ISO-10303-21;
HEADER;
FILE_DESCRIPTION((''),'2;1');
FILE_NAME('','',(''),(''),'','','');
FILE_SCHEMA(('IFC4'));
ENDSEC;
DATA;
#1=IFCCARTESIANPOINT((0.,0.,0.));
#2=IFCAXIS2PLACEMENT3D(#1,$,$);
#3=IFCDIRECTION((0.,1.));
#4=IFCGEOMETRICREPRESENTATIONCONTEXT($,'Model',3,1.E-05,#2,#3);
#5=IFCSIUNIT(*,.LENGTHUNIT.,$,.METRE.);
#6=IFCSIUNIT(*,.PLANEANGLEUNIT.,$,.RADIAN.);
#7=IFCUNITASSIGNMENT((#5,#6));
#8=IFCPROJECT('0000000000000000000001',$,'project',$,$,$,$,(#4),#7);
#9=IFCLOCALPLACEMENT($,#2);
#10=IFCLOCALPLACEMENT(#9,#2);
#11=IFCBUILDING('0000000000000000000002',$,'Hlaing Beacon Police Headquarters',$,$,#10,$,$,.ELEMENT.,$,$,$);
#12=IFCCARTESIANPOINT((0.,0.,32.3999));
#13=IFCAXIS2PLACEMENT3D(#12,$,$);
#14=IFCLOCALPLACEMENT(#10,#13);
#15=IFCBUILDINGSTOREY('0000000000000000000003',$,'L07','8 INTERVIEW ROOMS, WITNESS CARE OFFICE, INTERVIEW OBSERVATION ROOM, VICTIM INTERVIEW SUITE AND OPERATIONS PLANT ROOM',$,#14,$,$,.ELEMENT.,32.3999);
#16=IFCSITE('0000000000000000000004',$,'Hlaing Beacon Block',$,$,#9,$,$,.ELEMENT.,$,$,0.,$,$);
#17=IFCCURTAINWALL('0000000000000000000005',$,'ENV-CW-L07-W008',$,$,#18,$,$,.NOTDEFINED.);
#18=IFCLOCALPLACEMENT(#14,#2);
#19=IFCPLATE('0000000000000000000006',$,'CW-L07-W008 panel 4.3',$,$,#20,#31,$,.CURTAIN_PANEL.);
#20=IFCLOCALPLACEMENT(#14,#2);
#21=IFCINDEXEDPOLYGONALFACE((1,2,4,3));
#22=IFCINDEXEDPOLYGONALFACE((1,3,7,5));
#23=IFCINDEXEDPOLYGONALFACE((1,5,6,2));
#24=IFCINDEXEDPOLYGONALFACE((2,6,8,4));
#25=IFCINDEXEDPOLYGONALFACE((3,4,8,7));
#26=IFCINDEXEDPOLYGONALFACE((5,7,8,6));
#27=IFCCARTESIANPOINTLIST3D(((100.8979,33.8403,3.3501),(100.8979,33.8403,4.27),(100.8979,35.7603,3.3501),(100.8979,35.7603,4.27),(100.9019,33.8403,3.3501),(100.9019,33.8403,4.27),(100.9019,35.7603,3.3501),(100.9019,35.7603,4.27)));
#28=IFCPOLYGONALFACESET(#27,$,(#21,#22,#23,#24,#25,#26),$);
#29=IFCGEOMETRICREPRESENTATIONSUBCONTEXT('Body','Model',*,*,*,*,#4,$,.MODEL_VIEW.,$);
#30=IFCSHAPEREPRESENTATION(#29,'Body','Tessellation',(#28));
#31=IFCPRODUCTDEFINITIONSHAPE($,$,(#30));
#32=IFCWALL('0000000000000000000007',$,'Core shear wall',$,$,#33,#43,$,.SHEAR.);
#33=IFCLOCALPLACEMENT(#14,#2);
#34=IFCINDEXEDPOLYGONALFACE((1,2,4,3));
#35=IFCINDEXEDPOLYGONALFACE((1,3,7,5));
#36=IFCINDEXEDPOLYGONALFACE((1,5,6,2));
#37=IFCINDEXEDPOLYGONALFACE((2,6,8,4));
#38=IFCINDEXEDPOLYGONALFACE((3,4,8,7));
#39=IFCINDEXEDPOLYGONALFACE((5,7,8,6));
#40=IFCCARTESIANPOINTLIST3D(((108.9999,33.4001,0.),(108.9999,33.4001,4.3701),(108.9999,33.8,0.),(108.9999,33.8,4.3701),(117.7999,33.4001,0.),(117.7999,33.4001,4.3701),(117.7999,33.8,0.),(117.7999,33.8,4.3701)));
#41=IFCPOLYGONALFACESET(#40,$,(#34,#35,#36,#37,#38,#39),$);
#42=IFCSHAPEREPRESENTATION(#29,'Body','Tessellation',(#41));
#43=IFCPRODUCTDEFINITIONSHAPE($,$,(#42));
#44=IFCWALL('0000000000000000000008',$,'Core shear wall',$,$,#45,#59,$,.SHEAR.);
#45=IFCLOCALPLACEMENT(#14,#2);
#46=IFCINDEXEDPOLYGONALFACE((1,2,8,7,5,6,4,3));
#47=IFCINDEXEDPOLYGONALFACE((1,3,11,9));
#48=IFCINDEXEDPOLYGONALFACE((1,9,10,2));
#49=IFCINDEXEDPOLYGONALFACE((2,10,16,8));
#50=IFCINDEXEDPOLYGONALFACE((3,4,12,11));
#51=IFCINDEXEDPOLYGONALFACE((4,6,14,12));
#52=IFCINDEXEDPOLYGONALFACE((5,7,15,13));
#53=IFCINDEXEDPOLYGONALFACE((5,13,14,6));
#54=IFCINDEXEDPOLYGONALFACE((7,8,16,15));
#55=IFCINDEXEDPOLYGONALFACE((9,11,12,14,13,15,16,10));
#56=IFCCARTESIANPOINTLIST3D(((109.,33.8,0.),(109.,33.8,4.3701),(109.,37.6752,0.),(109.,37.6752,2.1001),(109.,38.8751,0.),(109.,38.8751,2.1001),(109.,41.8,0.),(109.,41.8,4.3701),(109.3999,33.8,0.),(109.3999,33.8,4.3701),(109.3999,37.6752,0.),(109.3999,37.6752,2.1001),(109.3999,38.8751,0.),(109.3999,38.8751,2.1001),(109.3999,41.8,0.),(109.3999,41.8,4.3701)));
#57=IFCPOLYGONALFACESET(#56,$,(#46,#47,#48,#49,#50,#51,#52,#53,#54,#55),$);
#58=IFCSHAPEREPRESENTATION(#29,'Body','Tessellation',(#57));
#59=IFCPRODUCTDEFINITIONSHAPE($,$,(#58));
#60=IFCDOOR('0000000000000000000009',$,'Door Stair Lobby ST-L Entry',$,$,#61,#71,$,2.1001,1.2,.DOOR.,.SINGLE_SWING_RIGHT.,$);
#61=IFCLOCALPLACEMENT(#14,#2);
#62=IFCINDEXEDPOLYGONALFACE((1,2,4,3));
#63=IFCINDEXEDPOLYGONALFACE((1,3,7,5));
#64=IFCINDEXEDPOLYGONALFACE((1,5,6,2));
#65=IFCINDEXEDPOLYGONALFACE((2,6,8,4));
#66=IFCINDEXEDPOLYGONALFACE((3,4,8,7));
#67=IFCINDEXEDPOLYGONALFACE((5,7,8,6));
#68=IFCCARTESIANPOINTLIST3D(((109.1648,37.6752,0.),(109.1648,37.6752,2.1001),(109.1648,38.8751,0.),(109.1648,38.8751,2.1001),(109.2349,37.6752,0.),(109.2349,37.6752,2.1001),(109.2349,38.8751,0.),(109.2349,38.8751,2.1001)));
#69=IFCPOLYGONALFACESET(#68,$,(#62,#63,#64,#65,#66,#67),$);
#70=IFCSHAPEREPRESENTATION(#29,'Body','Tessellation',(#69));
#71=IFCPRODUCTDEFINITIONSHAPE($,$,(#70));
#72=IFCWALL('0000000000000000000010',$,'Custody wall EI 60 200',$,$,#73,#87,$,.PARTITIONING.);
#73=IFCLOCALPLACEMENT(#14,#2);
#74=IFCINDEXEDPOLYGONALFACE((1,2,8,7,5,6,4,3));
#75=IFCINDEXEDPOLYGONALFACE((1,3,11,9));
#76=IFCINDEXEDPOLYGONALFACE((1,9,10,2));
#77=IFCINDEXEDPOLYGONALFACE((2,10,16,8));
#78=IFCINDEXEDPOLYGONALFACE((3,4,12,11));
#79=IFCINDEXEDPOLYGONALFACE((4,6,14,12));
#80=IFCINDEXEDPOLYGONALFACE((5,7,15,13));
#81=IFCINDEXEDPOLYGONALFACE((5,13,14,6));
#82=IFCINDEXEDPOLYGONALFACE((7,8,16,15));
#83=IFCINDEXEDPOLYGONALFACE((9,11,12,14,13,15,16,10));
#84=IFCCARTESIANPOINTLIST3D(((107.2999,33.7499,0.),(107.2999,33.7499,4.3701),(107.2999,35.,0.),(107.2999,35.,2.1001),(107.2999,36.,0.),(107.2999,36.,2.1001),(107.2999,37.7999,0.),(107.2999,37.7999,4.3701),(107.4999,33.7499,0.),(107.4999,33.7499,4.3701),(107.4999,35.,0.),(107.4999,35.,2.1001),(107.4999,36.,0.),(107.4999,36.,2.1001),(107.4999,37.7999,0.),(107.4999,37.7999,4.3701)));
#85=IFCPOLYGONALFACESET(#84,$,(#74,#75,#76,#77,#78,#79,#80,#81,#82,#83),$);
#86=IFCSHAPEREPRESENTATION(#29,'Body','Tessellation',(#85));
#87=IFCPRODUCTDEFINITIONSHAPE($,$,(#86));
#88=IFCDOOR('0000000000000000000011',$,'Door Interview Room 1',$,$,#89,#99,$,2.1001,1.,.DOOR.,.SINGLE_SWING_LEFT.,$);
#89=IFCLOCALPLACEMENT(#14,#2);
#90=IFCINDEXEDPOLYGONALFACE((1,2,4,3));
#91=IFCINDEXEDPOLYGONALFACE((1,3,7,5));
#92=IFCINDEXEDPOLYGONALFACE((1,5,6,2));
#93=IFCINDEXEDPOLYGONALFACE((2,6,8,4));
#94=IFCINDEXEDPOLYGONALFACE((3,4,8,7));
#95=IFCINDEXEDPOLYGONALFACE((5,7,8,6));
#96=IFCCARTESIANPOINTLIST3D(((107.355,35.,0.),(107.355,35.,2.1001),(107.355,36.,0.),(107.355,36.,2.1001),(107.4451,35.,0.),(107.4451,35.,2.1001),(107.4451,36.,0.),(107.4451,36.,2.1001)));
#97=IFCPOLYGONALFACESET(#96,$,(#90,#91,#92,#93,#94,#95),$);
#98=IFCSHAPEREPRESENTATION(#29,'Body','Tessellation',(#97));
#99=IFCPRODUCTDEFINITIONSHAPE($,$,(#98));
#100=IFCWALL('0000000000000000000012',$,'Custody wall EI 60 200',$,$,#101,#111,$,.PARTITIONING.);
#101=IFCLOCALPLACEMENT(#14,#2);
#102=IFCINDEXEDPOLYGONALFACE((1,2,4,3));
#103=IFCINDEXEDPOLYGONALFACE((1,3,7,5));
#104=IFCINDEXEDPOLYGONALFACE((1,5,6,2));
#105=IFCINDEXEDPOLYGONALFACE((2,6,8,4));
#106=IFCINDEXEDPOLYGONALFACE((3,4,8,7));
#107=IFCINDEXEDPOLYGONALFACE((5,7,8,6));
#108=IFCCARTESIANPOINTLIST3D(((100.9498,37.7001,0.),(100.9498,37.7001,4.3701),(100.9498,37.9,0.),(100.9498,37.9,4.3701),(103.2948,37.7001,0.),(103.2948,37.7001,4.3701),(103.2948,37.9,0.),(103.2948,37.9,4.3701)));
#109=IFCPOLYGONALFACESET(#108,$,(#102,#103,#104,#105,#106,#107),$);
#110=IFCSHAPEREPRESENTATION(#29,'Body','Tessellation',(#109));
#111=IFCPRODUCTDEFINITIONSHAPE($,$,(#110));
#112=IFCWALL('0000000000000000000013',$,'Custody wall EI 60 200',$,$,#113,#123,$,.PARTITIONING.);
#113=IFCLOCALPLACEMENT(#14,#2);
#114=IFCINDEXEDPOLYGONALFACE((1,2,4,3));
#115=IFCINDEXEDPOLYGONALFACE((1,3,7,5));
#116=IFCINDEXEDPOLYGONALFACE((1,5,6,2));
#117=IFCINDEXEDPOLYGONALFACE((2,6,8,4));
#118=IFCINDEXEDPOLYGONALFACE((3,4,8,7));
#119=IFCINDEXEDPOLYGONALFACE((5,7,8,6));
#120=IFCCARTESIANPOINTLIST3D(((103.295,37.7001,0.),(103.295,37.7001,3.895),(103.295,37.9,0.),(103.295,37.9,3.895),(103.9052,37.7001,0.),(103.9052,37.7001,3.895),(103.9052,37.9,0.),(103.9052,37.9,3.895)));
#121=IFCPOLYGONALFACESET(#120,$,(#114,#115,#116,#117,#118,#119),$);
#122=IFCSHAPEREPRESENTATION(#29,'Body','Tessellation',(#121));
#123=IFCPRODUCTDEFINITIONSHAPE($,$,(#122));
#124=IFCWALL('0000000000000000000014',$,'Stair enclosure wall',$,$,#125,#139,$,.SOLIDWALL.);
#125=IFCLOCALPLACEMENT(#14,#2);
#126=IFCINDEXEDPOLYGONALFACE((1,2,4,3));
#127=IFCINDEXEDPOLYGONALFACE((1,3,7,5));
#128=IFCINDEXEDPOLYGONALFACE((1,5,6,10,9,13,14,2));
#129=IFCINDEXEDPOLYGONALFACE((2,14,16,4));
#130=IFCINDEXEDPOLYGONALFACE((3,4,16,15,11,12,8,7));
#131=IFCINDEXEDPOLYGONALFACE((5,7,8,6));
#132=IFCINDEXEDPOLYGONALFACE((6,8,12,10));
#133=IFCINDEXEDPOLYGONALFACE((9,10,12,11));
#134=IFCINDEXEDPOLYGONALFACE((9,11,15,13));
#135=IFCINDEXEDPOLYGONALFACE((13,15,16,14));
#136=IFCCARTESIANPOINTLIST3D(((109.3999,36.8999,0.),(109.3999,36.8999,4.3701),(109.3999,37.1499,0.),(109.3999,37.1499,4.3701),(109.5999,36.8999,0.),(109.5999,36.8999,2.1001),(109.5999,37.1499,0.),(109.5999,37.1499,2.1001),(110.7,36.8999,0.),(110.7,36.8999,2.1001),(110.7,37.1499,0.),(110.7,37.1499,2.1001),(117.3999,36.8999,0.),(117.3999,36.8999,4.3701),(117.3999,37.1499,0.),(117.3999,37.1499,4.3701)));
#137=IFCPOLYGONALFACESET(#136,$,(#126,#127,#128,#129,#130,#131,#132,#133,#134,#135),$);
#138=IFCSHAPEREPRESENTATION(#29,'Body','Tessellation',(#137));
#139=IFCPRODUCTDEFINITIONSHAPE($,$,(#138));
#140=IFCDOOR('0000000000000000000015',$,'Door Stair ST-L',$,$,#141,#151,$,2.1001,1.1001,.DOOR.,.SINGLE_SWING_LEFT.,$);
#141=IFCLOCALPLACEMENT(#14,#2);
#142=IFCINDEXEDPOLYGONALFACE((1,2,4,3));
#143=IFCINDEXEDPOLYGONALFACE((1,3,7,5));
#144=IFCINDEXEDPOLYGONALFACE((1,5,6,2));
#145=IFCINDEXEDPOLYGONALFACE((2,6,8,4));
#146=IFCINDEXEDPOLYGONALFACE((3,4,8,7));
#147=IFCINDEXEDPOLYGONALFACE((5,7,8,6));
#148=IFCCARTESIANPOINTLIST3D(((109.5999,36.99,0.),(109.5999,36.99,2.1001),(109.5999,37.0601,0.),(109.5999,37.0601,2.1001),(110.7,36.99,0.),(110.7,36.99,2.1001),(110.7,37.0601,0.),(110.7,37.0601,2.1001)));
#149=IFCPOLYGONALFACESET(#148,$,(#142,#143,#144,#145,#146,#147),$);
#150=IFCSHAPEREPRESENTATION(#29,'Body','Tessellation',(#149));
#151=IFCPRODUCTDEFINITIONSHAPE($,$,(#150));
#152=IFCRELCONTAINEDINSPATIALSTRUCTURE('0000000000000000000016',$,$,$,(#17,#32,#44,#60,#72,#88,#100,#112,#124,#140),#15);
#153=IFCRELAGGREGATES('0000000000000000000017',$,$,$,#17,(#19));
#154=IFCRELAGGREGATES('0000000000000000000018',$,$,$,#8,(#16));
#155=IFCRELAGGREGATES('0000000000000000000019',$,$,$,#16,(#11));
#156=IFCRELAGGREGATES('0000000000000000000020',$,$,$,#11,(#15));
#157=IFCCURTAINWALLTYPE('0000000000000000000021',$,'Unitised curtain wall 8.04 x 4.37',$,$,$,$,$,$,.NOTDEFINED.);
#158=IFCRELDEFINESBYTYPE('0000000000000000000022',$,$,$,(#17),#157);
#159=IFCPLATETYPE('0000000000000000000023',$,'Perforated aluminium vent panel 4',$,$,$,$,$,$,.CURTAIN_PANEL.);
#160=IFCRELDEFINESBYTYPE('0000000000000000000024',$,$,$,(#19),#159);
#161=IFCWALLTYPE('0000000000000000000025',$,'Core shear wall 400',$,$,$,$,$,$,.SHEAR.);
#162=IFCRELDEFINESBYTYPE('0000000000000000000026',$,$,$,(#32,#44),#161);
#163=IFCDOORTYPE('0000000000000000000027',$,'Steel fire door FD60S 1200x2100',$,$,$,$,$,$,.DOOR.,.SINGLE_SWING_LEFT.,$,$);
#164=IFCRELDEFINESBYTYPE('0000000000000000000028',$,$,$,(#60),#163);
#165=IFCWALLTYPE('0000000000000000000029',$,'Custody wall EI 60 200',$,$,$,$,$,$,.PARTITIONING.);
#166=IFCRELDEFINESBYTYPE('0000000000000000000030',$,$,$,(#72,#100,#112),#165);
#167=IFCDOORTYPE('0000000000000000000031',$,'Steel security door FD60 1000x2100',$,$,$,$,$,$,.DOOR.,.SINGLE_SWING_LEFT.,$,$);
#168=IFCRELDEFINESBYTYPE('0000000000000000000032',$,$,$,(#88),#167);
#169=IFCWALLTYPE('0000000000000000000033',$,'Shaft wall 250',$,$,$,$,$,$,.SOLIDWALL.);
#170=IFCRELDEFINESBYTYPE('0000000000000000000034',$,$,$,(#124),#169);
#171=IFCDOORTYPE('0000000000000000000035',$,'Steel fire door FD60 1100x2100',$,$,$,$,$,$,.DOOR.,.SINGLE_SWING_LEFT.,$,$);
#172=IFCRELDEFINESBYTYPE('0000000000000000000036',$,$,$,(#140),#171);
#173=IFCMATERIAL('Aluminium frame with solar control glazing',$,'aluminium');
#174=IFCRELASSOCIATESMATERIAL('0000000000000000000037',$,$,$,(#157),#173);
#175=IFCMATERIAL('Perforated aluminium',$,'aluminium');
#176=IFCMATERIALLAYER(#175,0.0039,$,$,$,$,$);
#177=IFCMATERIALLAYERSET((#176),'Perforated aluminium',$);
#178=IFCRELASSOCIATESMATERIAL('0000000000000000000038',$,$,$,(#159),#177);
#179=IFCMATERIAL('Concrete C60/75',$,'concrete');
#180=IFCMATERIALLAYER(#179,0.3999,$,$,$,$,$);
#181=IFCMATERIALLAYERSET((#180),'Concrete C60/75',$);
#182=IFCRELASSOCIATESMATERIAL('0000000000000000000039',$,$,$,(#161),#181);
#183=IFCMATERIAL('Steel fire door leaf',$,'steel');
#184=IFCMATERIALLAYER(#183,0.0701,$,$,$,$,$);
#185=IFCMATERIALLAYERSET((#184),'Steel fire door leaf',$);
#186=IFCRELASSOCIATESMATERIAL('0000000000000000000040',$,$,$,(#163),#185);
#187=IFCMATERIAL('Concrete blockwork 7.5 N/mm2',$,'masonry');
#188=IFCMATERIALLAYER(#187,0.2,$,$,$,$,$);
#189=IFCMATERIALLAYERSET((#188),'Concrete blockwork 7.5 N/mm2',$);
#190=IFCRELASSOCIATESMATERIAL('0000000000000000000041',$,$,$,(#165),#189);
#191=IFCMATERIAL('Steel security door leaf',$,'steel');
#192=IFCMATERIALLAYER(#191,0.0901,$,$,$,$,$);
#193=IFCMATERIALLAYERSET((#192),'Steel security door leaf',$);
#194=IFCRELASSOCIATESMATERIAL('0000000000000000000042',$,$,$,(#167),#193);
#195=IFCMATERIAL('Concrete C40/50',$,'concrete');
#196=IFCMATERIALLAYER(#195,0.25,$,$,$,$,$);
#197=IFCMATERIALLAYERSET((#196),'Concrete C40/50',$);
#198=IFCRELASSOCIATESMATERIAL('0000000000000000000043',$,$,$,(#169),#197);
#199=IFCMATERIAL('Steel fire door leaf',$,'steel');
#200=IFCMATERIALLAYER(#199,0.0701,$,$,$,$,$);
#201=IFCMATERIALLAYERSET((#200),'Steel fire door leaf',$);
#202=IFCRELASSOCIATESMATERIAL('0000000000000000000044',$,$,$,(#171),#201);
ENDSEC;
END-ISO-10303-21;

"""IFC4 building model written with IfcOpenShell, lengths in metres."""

from ifc_helpers import new_model, si_unit, direction, frame, frame_2d, origin, origin_2d, place, context, subcontext, project, spatial, rectangle, extrude, material, layer, layer_set, type_object, element, fill, aggregate, save


model = new_model("IFC4")

# Units and contexts
model_context = context("Model", 3, precision=1e-05, world=origin(), true_north=direction((0.0, 1.0)))
body_context = subcontext(model_context, "Body", "Model", "MODEL_VIEW")
ifc_project = project(units=[si_unit("LENGTHUNIT", "METRE"), si_unit("PLANEANGLEUNIT", "RADIAN")], contexts=[model_context])

# Site, building, storey
site_placement = place(None, origin())
site = spatial("IfcSite", under=ifc_project, at=site_placement, Name="Hlaing Beacon Block", CompositionType="ELEMENT", RefElevation=0.0)
building_placement = place(site_placement, origin())
building = spatial("IfcBuilding", under=site, at=building_placement, Name="Hlaing Beacon Police Headquarters", CompositionType="ELEMENT")
storey_placement = place(building_placement, frame((0.0, 0.0, 32.3999)))
storey = spatial("IfcBuildingStorey", under=building, at=storey_placement, Name="L07", Description="8 INTERVIEW ROOMS, WITNESS CARE OFFICE, INTERVIEW OBSERVATION ROOM, VICTIM INTERVIEW SUITE AND OPERATIONS PLANT ROOM", CompositionType="ELEMENT", Elevation=32.3999)

# Curtain wall
ifc_material_1 = material(Name="Aluminium frame with solar control glazing", Category="aluminium")
curtain_wall_type = type_object("IfcCurtainWallType", Name="Unitised curtain wall 8.04 x 4.37", PredefinedType="NOTDEFINED", material=ifc_material_1)
curtain_wall_placement = place(storey_placement, origin())
curtain_wall = element("IfcCurtainWall", 1, at=curtain_wall_placement, inside=storey, type_object=curtain_wall_type, Name="ENV-CW-L07-W008", PredefinedType="NOTDEFINED")

# Plate
ifc_material_2 = material(Name="Perforated aluminium", Category="aluminium")
ifc_layer_1 = layer(ifc_material_2, 0.0039)
ifc_layer_set_1 = layer_set([ifc_layer_1], Name="Perforated aluminium")
plate_type_1 = type_object("IfcPlateType", Name="Perforated aluminium vent panel 4", PredefinedType="CURTAIN_PANEL", material=ifc_layer_set_1)
plate_1_placement = place(storey_placement, frame((100.8999, 34.8003, 3.3501), z_axis=(0.0, 0.0, 1.0), x_axis=(0.0, -1.0, 0.0)))
plate_1 = element("IfcPlate", 2, at=plate_1_placement, type_object=plate_type_1, Name="CW-L07-W008 panel 4.3", PredefinedType="CURTAIN_PANEL", context=body_context, shape_type="SweptSolid", body=[
    extrude(rectangle(XDim=1.9199, YDim=0.0039, at=origin_2d()), origin(), (0.0, 0.0, 1.0), 0.9199),
])
aggregate(curtain_wall, [plate_1])

# Wall
ifc_material_3 = material(Name="Concrete C60/75", Category="concrete")
ifc_layer_2 = layer(ifc_material_3, 0.3999)
ifc_layer_set_2 = layer_set([ifc_layer_2], Name="Concrete C60/75")
wall_type_1 = type_object("IfcWallType", Name="Core shear wall 400", PredefinedType="SHEAR", material=ifc_layer_set_2)
wall_1_placement = place(storey_placement, frame((109.0, 33.6001, 0.0), z_axis=(0.0, 0.0, 1.0), x_axis=(1.0, 0.0, 0.0)))
element("IfcWall", 3, at=wall_1_placement, inside=storey, type_object=wall_type_1, Name="Core shear wall", PredefinedType="SHEAR", context=body_context, shape_type="SweptSolid", body=[
    extrude(rectangle(XDim=8.8, YDim=0.3999, at=frame_2d((4.3999, 0.0))), origin(), (0.0, 0.0, 1.0), 4.3701),
])

# Walls, openings, doors
wall_2_placement = place(storey_placement, frame((109.2, 33.8, 0.0), z_axis=(0.0, 0.0, 1.0), x_axis=(0.0, 1.0, 0.0)))
wall_2 = element("IfcWall", 4, at=wall_2_placement, inside=storey, type_object=wall_type_1, Name="Core shear wall", PredefinedType="SHEAR", context=body_context, shape_type="SweptSolid", body=[
    extrude(rectangle(XDim=8.0, YDim=0.3999, at=frame_2d((4.0, 0.0))), origin(), (0.0, 0.0, 1.0), 4.3701),
])
opening_1_placement = place(wall_2_placement, frame((3.875, 0.0, 0.0)))
opening_1 = element("IfcOpeningElement", 5, at=opening_1_placement, cuts=wall_2, PredefinedType="OPENING", context=body_context, shape_type="SweptSolid", body=[
    extrude(rectangle(XDim=1.2, YDim=2.1001, at=frame_2d((0.6001, 1.05))), frame((0.0, 0.21, 0.0), z_axis=(0.0, -1.0, 0.0), x_axis=(1.0, 0.0, 0.0)), (0.0, 0.0, 1.0), 0.4199),
])
ifc_material_4 = material(Name="Steel fire door leaf", Category="steel")
ifc_layer_3 = layer(ifc_material_4, 0.0701)
ifc_layer_set_3 = layer_set([ifc_layer_3], Name="Steel fire door leaf")
door_type_1 = type_object("IfcDoorType", Name="Steel fire door FD60S 1200x2100", OperationType="SINGLE_SWING_LEFT", PredefinedType="DOOR", material=ifc_layer_set_3)
door_1_placement = place(opening_1_placement, frame((1.2, 0.0, 0.0), z_axis=(0.0, 0.0, 1.0), x_axis=(-1.0, 0.0, 0.0)))
door_1 = element("IfcDoor", 6, at=door_1_placement, inside=storey, type_object=door_type_1, Name="Door Stair Lobby ST-L Entry", OperationType="SINGLE_SWING_RIGHT", OverallHeight=2.1001, OverallWidth=1.2, PredefinedType="DOOR", context=body_context, shape_type="SweptSolid", body=[
    extrude(rectangle(XDim=1.2, YDim=2.1001, at=frame_2d((0.5999, 1.05))), frame((0.0, 0.0349, 0.0), z_axis=(0.0, -1.0, 0.0), x_axis=(1.0, 0.0, 0.0)), (0.0, 0.0, 1.0), 0.0701),
])
fill(opening_1, door_1)
ifc_material_5 = material(Name="Concrete blockwork 7.5 N/mm2", Category="masonry")
ifc_layer_4 = layer(ifc_material_5, 0.2)
ifc_layer_set_4 = layer_set([ifc_layer_4], Name="Concrete blockwork 7.5 N/mm2")
wall_type_2 = type_object("IfcWallType", Name="Custody wall EI 60 200", PredefinedType="PARTITIONING", material=ifc_layer_set_4)
wall_3_placement = place(storey_placement, frame((107.3999, 33.75, 0.0), z_axis=(0.0, 0.0, 1.0), x_axis=(0.0, 1.0, 0.0)))
wall_3 = element("IfcWall", 7, at=wall_3_placement, inside=storey, type_object=wall_type_2, Name="Custody wall EI 60 200", PredefinedType="PARTITIONING", context=body_context, shape_type="SweptSolid", body=[
    extrude(rectangle(XDim=4.05, YDim=0.2, at=frame_2d((2.0249, 0.0))), origin(), (0.0, 0.0, 1.0), 4.3701),
])
opening_2_placement = place(wall_3_placement, frame((1.25, 0.0, 0.0)))
opening_2 = element("IfcOpeningElement", 8, at=opening_2_placement, cuts=wall_3, PredefinedType="OPENING", context=body_context, shape_type="SweptSolid", body=[
    extrude(rectangle(XDim=1.0, YDim=2.1001, at=frame_2d((0.5, 1.05))), frame((0.0, 0.1099, 0.0), z_axis=(0.0, -1.0, 0.0), x_axis=(1.0, 0.0, 0.0)), (0.0, 0.0, 1.0), 0.22),
])
ifc_material_6 = material(Name="Steel security door leaf", Category="steel")
ifc_layer_5 = layer(ifc_material_6, 0.0901)
ifc_layer_set_5 = layer_set([ifc_layer_5], Name="Steel security door leaf")
door_type_2 = type_object("IfcDoorType", Name="Steel security door FD60 1000x2100", OperationType="SINGLE_SWING_LEFT", PredefinedType="DOOR", material=ifc_layer_set_5)
door_2_placement = place(opening_2_placement, origin())
door_2 = element("IfcDoor", 9, at=door_2_placement, inside=storey, type_object=door_type_2, Name="Door Interview Room 1", OperationType="SINGLE_SWING_LEFT", OverallHeight=2.1001, OverallWidth=1.0, PredefinedType="DOOR", context=body_context, shape_type="SweptSolid", body=[
    extrude(rectangle(XDim=1.0, YDim=2.1001, at=frame_2d((0.5, 1.05))), frame((0.0, 0.0449, 0.0), z_axis=(0.0, -1.0, 0.0), x_axis=(1.0, 0.0, 0.0)), (0.0, 0.0, 1.0), 0.0901),
])
fill(opening_2, door_2)

# Walls
wall_4_placement = place(storey_placement, frame((100.95, 37.8, 0.0), z_axis=(0.0, 0.0, 1.0), x_axis=(1.0, 0.0, 0.0)))
element("IfcWall", 10, at=wall_4_placement, inside=storey, type_object=wall_type_2, Name="Custody wall EI 60 200", PredefinedType="PARTITIONING", context=body_context, shape_type="SweptSolid", body=[
    extrude(rectangle(XDim=2.345, YDim=0.2, at=frame_2d((1.1724, 0.0))), origin(), (0.0, 0.0, 1.0), 4.3701),
])
wall_5_placement = place(storey_placement, frame((103.2949, 37.8, 0.0), z_axis=(0.0, 0.0, 1.0), x_axis=(1.0, 0.0, 0.0)))
element("IfcWall", 11, at=wall_5_placement, inside=storey, type_object=wall_type_2, Name="Custody wall EI 60 200", PredefinedType="PARTITIONING", context=body_context, shape_type="SweptSolid", body=[
    extrude(rectangle(XDim=0.6101, YDim=0.2, at=frame_2d((0.3052, 0.0))), origin(), (0.0, 0.0, 1.0), 3.895),
])

# Wall, opening, door
ifc_material_7 = material(Name="Concrete C40/50", Category="concrete")
ifc_layer_6 = layer(ifc_material_7, 0.25)
ifc_layer_set_6 = layer_set([ifc_layer_6], Name="Concrete C40/50")
wall_type_3 = type_object("IfcWallType", Name="Shaft wall 250", PredefinedType="SOLIDWALL", material=ifc_layer_set_6)
wall_6_placement = place(storey_placement, frame((109.3999, 37.0249, 0.0), z_axis=(0.0, 0.0, 1.0), x_axis=(1.0, 0.0, 0.0)))
wall_6 = element("IfcWall", 12, at=wall_6_placement, inside=storey, type_object=wall_type_3, Name="Stair enclosure wall", PredefinedType="SOLIDWALL", context=body_context, shape_type="SweptSolid", body=[
    extrude(rectangle(XDim=8.0, YDim=0.25, at=frame_2d((4.0, 0.0))), origin(), (0.0, 0.0, 1.0), 4.3701),
])
opening_3_placement = place(wall_6_placement, frame((0.2, 0.0, 0.0)))
opening_3 = element("IfcOpeningElement", 13, at=opening_3_placement, cuts=wall_6, PredefinedType="OPENING", context=body_context, shape_type="SweptSolid", body=[
    extrude(rectangle(XDim=1.1001, YDim=2.1001, at=frame_2d((0.55, 1.05))), frame((0.0, 0.135, 0.0), z_axis=(0.0, -1.0, 0.0), x_axis=(1.0, 0.0, 0.0)), (0.0, 0.0, 1.0), 0.27),
])
ifc_material_8 = material(Name="Steel fire door leaf", Category="steel")
ifc_layer_7 = layer(ifc_material_8, 0.0701)
ifc_layer_set_7 = layer_set([ifc_layer_7], Name="Steel fire door leaf")
door_type_3 = type_object("IfcDoorType", Name="Steel fire door FD60 1100x2100", OperationType="SINGLE_SWING_LEFT", PredefinedType="DOOR", material=ifc_layer_set_7)
door_3_placement = place(opening_3_placement, frame((1.1001, 0.0, 0.0), z_axis=(0.0, 0.0, 1.0), x_axis=(-1.0, 0.0, 0.0)))
door_3 = element("IfcDoor", 14, at=door_3_placement, inside=storey, type_object=door_type_3, Name="Door Stair ST-L", OperationType="SINGLE_SWING_LEFT", OverallHeight=2.1001, OverallWidth=1.1001, PredefinedType="DOOR", context=body_context, shape_type="SweptSolid", body=[
    extrude(rectangle(XDim=1.1001, YDim=2.1001, at=frame_2d((0.55, 1.05))), frame((0.0, 0.0349, 0.0), z_axis=(0.0, -1.0, 0.0), x_axis=(1.0, 0.0, 0.0)), (0.0, 0.0, 1.0), 0.0701),
])
fill(opening_3, door_3)

save(model, "model.ifc")
